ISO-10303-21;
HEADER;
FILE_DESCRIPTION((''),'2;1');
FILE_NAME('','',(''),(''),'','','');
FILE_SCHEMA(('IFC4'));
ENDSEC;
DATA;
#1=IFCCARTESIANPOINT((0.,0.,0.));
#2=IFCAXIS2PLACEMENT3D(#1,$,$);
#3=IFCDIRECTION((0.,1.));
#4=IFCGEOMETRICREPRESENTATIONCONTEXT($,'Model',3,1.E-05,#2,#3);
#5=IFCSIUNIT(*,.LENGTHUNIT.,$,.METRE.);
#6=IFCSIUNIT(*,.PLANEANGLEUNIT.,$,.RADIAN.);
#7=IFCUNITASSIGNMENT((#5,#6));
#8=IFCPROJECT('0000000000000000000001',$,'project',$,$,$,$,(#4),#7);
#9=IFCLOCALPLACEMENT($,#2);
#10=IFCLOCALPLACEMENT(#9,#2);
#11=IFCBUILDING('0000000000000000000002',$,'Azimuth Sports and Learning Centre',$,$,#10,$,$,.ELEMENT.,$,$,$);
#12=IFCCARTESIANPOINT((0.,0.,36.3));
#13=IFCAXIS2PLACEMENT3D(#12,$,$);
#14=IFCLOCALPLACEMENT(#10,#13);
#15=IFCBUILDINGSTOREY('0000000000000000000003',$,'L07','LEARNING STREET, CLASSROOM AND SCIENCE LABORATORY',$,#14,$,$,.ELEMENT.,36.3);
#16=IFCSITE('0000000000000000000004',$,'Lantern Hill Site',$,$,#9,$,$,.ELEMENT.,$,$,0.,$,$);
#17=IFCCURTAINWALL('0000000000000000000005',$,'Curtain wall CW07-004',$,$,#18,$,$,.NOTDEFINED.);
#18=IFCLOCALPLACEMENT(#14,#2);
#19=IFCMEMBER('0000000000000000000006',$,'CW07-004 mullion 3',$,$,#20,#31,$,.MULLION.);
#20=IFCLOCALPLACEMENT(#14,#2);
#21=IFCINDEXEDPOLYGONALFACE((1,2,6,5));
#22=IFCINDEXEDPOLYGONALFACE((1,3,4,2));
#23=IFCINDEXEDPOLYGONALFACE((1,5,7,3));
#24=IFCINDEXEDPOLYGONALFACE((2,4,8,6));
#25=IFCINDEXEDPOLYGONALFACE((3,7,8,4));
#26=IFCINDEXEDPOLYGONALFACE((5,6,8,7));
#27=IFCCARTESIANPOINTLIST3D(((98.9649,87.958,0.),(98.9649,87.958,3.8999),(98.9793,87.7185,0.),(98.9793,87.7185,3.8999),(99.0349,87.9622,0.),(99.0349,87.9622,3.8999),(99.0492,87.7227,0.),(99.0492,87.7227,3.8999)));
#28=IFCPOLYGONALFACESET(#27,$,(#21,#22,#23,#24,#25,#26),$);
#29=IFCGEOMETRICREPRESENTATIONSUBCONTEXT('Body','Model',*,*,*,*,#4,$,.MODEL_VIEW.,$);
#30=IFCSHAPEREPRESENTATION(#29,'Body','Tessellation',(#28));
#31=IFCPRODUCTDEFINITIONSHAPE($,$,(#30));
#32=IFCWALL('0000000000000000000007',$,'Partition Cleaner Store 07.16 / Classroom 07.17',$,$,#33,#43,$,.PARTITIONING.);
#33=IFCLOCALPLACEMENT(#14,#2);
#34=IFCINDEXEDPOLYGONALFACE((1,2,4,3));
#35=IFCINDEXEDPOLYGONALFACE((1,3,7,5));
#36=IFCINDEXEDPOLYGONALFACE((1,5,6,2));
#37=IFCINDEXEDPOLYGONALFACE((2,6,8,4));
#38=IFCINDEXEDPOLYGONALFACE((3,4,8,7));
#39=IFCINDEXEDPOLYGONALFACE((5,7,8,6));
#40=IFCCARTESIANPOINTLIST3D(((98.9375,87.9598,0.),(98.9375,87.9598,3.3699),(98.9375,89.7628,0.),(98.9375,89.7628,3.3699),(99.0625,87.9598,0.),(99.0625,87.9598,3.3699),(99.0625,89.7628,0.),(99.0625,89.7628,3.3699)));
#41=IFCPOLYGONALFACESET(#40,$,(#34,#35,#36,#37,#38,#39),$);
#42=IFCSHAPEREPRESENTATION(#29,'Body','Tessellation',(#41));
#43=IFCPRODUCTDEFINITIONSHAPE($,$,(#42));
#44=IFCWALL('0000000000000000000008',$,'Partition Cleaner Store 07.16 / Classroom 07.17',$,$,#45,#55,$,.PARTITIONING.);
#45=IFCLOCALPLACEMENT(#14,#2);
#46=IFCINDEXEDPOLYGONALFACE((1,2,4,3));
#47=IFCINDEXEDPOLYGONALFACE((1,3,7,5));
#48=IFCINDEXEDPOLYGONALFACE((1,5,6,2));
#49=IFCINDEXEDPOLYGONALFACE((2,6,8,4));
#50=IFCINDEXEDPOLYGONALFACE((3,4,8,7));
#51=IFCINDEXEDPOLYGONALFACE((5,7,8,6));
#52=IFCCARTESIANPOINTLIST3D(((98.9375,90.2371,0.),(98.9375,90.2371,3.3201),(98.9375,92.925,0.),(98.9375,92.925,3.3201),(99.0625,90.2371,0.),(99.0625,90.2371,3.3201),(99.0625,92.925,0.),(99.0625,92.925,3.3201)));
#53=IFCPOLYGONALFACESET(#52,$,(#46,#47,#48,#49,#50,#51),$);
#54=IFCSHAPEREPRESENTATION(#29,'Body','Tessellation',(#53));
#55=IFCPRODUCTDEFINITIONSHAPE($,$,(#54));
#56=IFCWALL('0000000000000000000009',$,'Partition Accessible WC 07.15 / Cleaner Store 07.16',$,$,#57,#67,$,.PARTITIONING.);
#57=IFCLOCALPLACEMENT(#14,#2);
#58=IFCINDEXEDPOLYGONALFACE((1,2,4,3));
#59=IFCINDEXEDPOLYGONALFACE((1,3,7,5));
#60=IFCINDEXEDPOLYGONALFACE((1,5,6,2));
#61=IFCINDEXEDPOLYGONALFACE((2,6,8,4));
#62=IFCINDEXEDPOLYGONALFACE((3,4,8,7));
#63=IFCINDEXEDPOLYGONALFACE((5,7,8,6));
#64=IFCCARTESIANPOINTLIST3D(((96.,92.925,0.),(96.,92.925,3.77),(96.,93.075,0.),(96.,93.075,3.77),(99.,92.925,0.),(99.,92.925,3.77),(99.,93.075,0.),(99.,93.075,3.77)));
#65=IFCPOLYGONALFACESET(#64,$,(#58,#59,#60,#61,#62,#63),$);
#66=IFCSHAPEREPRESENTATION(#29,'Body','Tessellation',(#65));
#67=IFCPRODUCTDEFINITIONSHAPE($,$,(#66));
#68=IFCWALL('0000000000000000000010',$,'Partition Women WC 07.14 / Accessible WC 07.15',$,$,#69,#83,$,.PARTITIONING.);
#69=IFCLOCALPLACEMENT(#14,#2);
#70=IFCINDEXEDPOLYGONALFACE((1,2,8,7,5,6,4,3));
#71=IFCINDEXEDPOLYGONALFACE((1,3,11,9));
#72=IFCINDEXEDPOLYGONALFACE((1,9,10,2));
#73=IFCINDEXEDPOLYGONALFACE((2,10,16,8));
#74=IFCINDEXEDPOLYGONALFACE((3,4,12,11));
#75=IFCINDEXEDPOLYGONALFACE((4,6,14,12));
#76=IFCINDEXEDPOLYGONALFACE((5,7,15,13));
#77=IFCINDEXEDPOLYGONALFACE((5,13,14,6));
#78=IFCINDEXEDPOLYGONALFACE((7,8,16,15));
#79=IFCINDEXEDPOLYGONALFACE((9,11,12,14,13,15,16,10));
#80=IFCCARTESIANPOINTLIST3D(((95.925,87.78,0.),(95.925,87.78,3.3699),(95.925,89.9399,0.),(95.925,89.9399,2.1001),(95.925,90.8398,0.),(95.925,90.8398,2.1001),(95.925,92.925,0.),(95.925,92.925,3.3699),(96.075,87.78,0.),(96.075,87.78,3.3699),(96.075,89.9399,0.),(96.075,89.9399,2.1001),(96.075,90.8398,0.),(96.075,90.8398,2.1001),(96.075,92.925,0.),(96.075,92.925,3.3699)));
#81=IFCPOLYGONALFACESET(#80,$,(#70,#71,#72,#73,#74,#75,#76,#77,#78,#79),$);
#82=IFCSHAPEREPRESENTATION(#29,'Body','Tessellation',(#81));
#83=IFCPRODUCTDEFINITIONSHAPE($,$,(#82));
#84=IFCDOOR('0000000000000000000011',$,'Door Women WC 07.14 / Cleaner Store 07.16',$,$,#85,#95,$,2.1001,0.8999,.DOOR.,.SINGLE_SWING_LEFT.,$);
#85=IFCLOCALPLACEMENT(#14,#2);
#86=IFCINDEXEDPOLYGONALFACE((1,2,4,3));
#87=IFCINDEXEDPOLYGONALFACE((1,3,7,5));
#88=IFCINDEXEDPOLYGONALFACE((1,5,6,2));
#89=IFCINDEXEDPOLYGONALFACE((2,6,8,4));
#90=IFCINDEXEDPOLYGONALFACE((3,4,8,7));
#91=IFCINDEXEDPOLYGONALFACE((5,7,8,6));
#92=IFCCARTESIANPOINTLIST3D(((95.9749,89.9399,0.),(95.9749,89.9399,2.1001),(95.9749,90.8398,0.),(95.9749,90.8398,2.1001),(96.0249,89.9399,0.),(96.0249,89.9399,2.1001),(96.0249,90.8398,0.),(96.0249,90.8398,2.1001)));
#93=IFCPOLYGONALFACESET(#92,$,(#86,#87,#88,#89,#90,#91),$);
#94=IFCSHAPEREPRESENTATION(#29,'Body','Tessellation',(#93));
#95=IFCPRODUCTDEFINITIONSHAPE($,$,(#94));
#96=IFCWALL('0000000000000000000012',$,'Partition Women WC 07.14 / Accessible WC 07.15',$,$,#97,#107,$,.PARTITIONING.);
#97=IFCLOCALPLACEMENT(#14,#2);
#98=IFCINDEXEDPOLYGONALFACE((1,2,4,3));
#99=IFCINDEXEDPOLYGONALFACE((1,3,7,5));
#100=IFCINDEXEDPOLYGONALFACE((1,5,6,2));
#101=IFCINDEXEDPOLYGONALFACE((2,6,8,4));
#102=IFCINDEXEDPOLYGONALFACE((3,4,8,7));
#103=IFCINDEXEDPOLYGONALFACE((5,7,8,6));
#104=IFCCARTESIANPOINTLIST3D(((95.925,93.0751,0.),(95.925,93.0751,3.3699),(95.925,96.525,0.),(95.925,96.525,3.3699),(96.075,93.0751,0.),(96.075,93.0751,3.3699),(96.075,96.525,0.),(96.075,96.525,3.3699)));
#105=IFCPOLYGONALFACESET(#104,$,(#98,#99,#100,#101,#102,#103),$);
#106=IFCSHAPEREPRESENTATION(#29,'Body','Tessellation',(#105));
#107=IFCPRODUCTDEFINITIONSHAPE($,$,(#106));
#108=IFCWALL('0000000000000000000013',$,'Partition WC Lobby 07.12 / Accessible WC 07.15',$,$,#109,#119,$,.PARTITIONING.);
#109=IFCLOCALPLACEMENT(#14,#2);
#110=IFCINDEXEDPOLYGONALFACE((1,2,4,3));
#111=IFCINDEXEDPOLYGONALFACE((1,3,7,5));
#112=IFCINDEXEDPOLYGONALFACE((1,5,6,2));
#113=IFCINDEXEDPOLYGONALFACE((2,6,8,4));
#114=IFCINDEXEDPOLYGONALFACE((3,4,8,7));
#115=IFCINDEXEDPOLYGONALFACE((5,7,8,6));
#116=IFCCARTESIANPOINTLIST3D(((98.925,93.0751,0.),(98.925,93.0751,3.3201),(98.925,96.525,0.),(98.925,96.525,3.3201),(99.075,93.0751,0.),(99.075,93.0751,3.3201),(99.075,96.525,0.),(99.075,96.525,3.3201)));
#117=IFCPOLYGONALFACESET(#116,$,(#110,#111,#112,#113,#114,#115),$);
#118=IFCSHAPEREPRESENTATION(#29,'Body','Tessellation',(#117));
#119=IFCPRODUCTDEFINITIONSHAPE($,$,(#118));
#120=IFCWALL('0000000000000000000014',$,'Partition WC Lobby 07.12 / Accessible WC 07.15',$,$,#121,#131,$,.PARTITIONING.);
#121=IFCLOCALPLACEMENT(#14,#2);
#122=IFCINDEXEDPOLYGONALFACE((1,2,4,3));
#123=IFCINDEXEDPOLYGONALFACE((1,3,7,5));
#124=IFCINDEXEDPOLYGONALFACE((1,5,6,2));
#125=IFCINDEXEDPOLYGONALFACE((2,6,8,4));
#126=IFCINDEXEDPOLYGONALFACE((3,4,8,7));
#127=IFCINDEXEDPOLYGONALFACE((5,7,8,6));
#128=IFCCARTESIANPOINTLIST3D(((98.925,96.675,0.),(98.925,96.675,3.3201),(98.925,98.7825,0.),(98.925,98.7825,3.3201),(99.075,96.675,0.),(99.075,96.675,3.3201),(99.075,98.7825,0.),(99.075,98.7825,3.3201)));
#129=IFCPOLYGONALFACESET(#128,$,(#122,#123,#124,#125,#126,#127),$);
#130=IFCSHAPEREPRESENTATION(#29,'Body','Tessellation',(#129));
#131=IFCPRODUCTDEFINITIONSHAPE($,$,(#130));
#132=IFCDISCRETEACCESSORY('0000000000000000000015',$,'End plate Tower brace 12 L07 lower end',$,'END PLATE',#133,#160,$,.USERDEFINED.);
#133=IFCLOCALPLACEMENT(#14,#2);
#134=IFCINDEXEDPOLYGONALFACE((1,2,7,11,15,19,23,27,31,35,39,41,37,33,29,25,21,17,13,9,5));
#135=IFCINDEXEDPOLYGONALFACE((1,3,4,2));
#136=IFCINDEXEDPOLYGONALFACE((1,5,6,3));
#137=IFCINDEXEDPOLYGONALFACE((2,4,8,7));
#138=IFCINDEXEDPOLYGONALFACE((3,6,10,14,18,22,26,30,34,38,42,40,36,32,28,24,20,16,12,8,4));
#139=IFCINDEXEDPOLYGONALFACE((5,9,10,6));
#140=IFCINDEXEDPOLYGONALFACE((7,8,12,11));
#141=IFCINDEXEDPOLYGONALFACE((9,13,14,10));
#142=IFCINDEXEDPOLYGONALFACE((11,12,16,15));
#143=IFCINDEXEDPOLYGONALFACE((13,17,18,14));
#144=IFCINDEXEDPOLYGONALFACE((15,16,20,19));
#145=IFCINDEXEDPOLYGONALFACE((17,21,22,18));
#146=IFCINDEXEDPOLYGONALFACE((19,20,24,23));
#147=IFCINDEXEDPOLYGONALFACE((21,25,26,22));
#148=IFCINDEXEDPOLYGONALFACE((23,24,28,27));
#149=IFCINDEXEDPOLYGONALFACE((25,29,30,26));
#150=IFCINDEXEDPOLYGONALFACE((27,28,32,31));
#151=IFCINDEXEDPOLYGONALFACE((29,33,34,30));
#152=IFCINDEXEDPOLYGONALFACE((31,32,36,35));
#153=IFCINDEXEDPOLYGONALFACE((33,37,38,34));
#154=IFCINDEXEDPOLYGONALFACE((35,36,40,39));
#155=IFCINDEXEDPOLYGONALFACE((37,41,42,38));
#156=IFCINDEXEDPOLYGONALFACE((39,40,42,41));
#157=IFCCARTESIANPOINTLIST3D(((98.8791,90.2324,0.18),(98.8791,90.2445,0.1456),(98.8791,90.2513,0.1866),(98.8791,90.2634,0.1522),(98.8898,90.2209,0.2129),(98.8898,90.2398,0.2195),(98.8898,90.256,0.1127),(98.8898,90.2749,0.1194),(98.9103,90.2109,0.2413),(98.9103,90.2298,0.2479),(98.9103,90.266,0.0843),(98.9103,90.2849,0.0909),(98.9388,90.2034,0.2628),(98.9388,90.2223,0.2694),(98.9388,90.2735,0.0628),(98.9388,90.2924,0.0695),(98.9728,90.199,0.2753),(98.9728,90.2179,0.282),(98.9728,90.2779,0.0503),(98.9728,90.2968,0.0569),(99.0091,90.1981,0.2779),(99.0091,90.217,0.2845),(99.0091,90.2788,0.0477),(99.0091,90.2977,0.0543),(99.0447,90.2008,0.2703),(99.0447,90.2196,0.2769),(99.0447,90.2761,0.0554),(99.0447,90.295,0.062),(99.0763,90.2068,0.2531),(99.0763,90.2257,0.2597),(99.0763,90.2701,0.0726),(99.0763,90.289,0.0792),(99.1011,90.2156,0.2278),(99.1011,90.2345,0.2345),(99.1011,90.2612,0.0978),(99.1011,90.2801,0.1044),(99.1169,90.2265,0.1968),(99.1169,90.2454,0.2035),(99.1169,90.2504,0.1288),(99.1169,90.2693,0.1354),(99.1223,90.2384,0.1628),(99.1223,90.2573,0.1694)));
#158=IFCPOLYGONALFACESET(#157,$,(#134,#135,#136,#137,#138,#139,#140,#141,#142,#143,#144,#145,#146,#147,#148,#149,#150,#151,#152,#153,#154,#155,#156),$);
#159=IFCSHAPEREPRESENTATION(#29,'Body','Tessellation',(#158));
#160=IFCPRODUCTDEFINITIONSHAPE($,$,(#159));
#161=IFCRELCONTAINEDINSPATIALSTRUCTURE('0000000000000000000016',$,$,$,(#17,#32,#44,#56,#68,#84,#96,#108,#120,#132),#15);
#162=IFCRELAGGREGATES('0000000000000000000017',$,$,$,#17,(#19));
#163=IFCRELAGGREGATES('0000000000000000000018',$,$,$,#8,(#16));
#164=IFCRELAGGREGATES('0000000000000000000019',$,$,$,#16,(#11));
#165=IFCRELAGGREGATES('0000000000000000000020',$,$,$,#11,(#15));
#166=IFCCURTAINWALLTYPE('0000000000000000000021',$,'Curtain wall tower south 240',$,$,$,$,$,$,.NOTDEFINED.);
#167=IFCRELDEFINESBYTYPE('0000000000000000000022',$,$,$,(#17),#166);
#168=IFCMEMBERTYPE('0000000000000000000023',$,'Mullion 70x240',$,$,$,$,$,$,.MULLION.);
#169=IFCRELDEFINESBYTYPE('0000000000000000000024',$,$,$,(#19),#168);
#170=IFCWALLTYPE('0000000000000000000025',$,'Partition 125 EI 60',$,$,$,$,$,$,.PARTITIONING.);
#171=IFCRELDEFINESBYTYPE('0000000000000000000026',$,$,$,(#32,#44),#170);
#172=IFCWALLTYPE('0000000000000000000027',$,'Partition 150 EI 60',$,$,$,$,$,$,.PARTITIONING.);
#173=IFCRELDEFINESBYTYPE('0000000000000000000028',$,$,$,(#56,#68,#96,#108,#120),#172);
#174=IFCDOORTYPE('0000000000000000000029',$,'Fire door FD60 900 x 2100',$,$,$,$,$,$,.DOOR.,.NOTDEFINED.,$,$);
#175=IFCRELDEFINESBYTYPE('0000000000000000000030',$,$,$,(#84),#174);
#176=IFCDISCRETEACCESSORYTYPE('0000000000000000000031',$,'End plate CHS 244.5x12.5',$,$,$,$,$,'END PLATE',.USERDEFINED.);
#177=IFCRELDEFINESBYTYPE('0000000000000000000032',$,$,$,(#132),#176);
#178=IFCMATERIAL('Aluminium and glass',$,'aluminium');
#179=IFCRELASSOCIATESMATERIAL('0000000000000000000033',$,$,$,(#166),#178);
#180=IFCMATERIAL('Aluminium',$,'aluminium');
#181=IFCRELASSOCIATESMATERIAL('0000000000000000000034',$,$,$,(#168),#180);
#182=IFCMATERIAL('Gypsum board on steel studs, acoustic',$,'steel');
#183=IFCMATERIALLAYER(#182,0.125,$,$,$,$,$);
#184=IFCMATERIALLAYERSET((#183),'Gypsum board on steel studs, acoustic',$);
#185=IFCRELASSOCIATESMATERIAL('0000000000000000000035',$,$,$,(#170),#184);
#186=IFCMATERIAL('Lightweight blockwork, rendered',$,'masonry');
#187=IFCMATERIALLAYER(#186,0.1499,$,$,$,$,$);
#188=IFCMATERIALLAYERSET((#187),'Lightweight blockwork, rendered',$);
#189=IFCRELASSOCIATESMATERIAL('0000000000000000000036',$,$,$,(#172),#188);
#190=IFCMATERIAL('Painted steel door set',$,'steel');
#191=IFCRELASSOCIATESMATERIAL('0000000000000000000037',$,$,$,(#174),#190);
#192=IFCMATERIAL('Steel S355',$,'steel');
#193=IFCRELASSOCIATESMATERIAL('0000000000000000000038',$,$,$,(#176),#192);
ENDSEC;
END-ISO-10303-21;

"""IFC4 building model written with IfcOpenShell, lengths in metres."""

from ifc_helpers import new_model, si_unit, direction, frame, frame_2d, origin, origin_2d, place, context, subcontext, project, spatial, rectangle, circle, extrude, material, layer, layer_set, material_profile, profile_set, type_object, element, fill, aggregate, save


model = new_model("IFC4")

# Units and contexts
model_context = context("Model", 3, precision=1e-05, world=origin(), true_north=direction((0.0, 1.0)))
body_context = subcontext(model_context, "Body", "Model", "MODEL_VIEW")
ifc_project = project(units=[si_unit("LENGTHUNIT", "METRE"), si_unit("PLANEANGLEUNIT", "RADIAN")], contexts=[model_context])

# Site, building, storey
site_placement = place(None, origin())
site = spatial("IfcSite", under=ifc_project, at=site_placement, Name="Lantern Hill Site", CompositionType="ELEMENT", RefElevation=0.0)
building_placement = place(site_placement, origin())
building = spatial("IfcBuilding", under=site, at=building_placement, Name="Azimuth Sports and Learning Centre", CompositionType="ELEMENT")
storey_placement = place(building_placement, frame((0.0, 0.0, 36.3)))
storey = spatial("IfcBuildingStorey", under=building, at=storey_placement, Name="L07", Description="LEARNING STREET, CLASSROOM AND SCIENCE LABORATORY", CompositionType="ELEMENT", Elevation=36.3)

# Curtain wall, member
ifc_material_1 = material(Name="Aluminium and glass", Category="aluminium")
curtain_wall_type = type_object("IfcCurtainWallType", Name="Curtain wall tower south 240", PredefinedType="NOTDEFINED", material=ifc_material_1)
curtain_wall_placement = place(storey_placement, origin())
curtain_wall = element("IfcCurtainWall", 1, at=curtain_wall_placement, inside=storey, type_object=curtain_wall_type, Name="Curtain wall CW07-004", PredefinedType="NOTDEFINED")
ifc_material_2 = material(Name="Aluminium", Category="aluminium")
ifc_material_profile_1 = material_profile(ifc_material_2, rectangle(XDim=0.24, YDim=0.0701, at=origin_2d()), Name="Mullion 70x240")
ifc_profile_set_1 = profile_set([ifc_material_profile_1], Name="Aluminium")
member_type_1 = type_object("IfcMemberType", Name="Mullion 70x240", PredefinedType="MULLION", material=ifc_profile_set_1)
member_1_placement = place(storey_placement, frame((99.0071, 87.8403, 0.0), z_axis=(0.0, 0.0, 1.0), x_axis=(-0.059892, 0.998205, 0.0)))
member_1 = element("IfcMember", 2, at=member_1_placement, type_object=member_type_1, Name="CW07-004 mullion 3", PredefinedType="MULLION", context=body_context, shape_type="SweptSolid", body=[
    extrude(rectangle(XDim=0.24, YDim=0.0701, at=origin_2d()), origin(), (0.0, 0.0, 1.0), 3.8999),
])
aggregate(curtain_wall, [member_1])

# Walls
ifc_material_3 = material(Name="Gypsum board on steel studs, acoustic", Category="steel")
ifc_layer_1 = layer(ifc_material_3, 0.125)
ifc_layer_set_1 = layer_set([ifc_layer_1], Name="Gypsum board on steel studs, acoustic")
wall_type_1 = type_object("IfcWallType", Name="Partition 125 EI 60", PredefinedType="PARTITIONING", material=ifc_layer_set_1)
wall_1_placement = place(storey_placement, frame((99.0, 87.96, 0.0), z_axis=(0.0, 0.0, 1.0), x_axis=(0.0, 1.0, 0.0)))
element("IfcWall", 3, at=wall_1_placement, inside=storey, type_object=wall_type_1, Name="Partition Cleaner Store 07.16 / Classroom 07.17", PredefinedType="PARTITIONING", context=body_context, shape_type="SweptSolid", body=[
    extrude(rectangle(XDim=1.803, YDim=0.125, at=frame_2d((0.9014, 0.0))), origin(), (0.0, 0.0, 1.0), 3.3699),
])
wall_2_placement = place(storey_placement, frame((99.0, 90.2371, 0.0), z_axis=(0.0, 0.0, 1.0), x_axis=(0.0, 1.0, 0.0)))
element("IfcWall", 4, at=wall_2_placement, inside=storey, type_object=wall_type_1, Name="Partition Cleaner Store 07.16 / Classroom 07.17", PredefinedType="PARTITIONING", context=body_context, shape_type="SweptSolid", body=[
    extrude(rectangle(XDim=2.688, YDim=0.125, at=frame_2d((1.344, 0.0))), origin(), (0.0, 0.0, 1.0), 3.3201),
])
ifc_material_4 = material(Name="Lightweight blockwork, rendered", Category="masonry")
ifc_layer_2 = layer(ifc_material_4, 0.1499)
ifc_layer_set_2 = layer_set([ifc_layer_2], Name="Lightweight blockwork, rendered")
wall_type_2 = type_object("IfcWallType", Name="Partition 150 EI 60", PredefinedType="PARTITIONING", material=ifc_layer_set_2)
wall_3_placement = place(storey_placement, frame((96.0, 93.0, 0.0), z_axis=(0.0, 0.0, 1.0), x_axis=(1.0, 0.0, 0.0)))
element("IfcWall", 5, at=wall_3_placement, inside=storey, type_object=wall_type_2, Name="Partition Accessible WC 07.15 / Cleaner Store 07.16", PredefinedType="PARTITIONING", context=body_context, shape_type="SweptSolid", body=[
    extrude(rectangle(XDim=3.0, YDim=0.1499, at=frame_2d((1.5, 0.0))), origin(), (0.0, 0.0, 1.0), 3.77),
])

# Wall, opening, door
wall_4_placement = place(storey_placement, frame((96.0, 87.78, 0.0), z_axis=(0.0, 0.0, 1.0), x_axis=(0.0, 1.0, 0.0)))
wall_4 = element("IfcWall", 6, at=wall_4_placement, inside=storey, type_object=wall_type_2, Name="Partition Women WC 07.14 / Accessible WC 07.15", PredefinedType="PARTITIONING", context=body_context, shape_type="SweptSolid", body=[
    extrude(rectangle(XDim=5.145, YDim=0.1499, at=frame_2d((2.5725, 0.0))), origin(), (0.0, 0.0, 1.0), 3.3699),
])
opening_placement = place(wall_4_placement, frame((2.1599, 0.0, 0.0)))
opening = element("IfcOpeningElement", 7, at=opening_placement, cuts=wall_4, PredefinedType="OPENING", context=body_context, shape_type="SweptSolid", body=[
    extrude(rectangle(XDim=0.8999, YDim=2.1001, at=frame_2d((0.45, 1.05))), frame((0.0, 0.0859, 0.0), z_axis=(0.0, -1.0, 0.0), x_axis=(1.0, 0.0, 0.0)), (0.0, 0.0, 1.0), 0.1719),
])
ifc_material_5 = material(Name="Painted steel door set", Category="steel")
door_type = type_object("IfcDoorType", Name="Fire door FD60 900 x 2100", OperationType="NOTDEFINED", PredefinedType="DOOR", material=ifc_material_5)
door_placement = place(opening_placement, frame((0.8999, 0.0, 0.0), z_axis=(0.0, 0.0, 1.0), x_axis=(-1.0, 0.0, 0.0)))
door = element("IfcDoor", 8, at=door_placement, inside=storey, type_object=door_type, Name="Door Women WC 07.14 / Cleaner Store 07.16", OperationType="SINGLE_SWING_LEFT", OverallHeight=2.1001, OverallWidth=0.8999, PredefinedType="DOOR", context=body_context, shape_type="SweptSolid", body=[
    extrude(rectangle(XDim=0.8999, YDim=2.1001, at=frame_2d((0.45, 1.05))), frame((0.0, 0.0249, 0.0), z_axis=(0.0, -1.0, 0.0), x_axis=(1.0, 0.0, 0.0)), (0.0, 0.0, 1.0), 0.05),
])
fill(opening, door)

# Walls
wall_5_placement = place(storey_placement, frame((96.0, 93.075, 0.0), z_axis=(0.0, 0.0, 1.0), x_axis=(0.0, 1.0, 0.0)))
element("IfcWall", 9, at=wall_5_placement, inside=storey, type_object=wall_type_2, Name="Partition Women WC 07.14 / Accessible WC 07.15", PredefinedType="PARTITIONING", context=body_context, shape_type="SweptSolid", body=[
    extrude(rectangle(XDim=3.45, YDim=0.1499, at=frame_2d((1.7251, 0.0))), origin(), (0.0, 0.0, 1.0), 3.3699),
])
wall_6_placement = place(storey_placement, frame((99.0, 93.075, 0.0), z_axis=(0.0, 0.0, 1.0), x_axis=(0.0, 1.0, 0.0)))
element("IfcWall", 10, at=wall_6_placement, inside=storey, type_object=wall_type_2, Name="Partition WC Lobby 07.12 / Accessible WC 07.15", PredefinedType="PARTITIONING", context=body_context, shape_type="SweptSolid", body=[
    extrude(rectangle(XDim=3.45, YDim=0.1499, at=frame_2d((1.7251, 0.0))), origin(), (0.0, 0.0, 1.0), 3.3201),
])
wall_7_placement = place(storey_placement, frame((99.0, 96.675, 0.0), z_axis=(0.0, 0.0, 1.0), x_axis=(0.0, 1.0, 0.0)))
element("IfcWall", 11, at=wall_7_placement, inside=storey, type_object=wall_type_2, Name="Partition WC Lobby 07.12 / Accessible WC 07.15", PredefinedType="PARTITIONING", context=body_context, shape_type="SweptSolid", body=[
    extrude(rectangle(XDim=2.1074, YDim=0.1499, at=frame_2d((1.0537, 0.0))), origin(), (0.0, 0.0, 1.0), 3.3201),
])

# Discrete accessory
ifc_material_6 = material(Name="Steel S355", Category="steel")
ifc_material_profile_2 = material_profile(ifc_material_6, circle(Radius=0.1223, at=origin_2d()), Name="PL 244 DISC")
ifc_profile_set_2 = profile_set([ifc_material_profile_2], Name="Steel S355")
discrete_accessory_type = type_object("IfcDiscreteAccessoryType", Name="End plate CHS 244.5x12.5", ElementType="END PLATE", PredefinedType="USERDEFINED", material=ifc_profile_set_2)
discrete_accessory_1_placement = place(storey_placement, frame((99.0, 90.2573, 0.1694), z_axis=(0.0, -0.943667, -0.330896), x_axis=(1.0, 0.0, 0.0)))
element("IfcDiscreteAccessory", 12, at=discrete_accessory_1_placement, inside=storey, type_object=discrete_accessory_type, Name="End plate Tower brace 12 L07 lower end", ObjectType="END PLATE", PredefinedType="USERDEFINED", context=body_context, shape_type="SweptSolid", body=[
    extrude(circle(Radius=0.1223, at=origin_2d()), origin(), (0.0, 0.0, 1.0), 0.02),
])

save(model, "model.ifc")
